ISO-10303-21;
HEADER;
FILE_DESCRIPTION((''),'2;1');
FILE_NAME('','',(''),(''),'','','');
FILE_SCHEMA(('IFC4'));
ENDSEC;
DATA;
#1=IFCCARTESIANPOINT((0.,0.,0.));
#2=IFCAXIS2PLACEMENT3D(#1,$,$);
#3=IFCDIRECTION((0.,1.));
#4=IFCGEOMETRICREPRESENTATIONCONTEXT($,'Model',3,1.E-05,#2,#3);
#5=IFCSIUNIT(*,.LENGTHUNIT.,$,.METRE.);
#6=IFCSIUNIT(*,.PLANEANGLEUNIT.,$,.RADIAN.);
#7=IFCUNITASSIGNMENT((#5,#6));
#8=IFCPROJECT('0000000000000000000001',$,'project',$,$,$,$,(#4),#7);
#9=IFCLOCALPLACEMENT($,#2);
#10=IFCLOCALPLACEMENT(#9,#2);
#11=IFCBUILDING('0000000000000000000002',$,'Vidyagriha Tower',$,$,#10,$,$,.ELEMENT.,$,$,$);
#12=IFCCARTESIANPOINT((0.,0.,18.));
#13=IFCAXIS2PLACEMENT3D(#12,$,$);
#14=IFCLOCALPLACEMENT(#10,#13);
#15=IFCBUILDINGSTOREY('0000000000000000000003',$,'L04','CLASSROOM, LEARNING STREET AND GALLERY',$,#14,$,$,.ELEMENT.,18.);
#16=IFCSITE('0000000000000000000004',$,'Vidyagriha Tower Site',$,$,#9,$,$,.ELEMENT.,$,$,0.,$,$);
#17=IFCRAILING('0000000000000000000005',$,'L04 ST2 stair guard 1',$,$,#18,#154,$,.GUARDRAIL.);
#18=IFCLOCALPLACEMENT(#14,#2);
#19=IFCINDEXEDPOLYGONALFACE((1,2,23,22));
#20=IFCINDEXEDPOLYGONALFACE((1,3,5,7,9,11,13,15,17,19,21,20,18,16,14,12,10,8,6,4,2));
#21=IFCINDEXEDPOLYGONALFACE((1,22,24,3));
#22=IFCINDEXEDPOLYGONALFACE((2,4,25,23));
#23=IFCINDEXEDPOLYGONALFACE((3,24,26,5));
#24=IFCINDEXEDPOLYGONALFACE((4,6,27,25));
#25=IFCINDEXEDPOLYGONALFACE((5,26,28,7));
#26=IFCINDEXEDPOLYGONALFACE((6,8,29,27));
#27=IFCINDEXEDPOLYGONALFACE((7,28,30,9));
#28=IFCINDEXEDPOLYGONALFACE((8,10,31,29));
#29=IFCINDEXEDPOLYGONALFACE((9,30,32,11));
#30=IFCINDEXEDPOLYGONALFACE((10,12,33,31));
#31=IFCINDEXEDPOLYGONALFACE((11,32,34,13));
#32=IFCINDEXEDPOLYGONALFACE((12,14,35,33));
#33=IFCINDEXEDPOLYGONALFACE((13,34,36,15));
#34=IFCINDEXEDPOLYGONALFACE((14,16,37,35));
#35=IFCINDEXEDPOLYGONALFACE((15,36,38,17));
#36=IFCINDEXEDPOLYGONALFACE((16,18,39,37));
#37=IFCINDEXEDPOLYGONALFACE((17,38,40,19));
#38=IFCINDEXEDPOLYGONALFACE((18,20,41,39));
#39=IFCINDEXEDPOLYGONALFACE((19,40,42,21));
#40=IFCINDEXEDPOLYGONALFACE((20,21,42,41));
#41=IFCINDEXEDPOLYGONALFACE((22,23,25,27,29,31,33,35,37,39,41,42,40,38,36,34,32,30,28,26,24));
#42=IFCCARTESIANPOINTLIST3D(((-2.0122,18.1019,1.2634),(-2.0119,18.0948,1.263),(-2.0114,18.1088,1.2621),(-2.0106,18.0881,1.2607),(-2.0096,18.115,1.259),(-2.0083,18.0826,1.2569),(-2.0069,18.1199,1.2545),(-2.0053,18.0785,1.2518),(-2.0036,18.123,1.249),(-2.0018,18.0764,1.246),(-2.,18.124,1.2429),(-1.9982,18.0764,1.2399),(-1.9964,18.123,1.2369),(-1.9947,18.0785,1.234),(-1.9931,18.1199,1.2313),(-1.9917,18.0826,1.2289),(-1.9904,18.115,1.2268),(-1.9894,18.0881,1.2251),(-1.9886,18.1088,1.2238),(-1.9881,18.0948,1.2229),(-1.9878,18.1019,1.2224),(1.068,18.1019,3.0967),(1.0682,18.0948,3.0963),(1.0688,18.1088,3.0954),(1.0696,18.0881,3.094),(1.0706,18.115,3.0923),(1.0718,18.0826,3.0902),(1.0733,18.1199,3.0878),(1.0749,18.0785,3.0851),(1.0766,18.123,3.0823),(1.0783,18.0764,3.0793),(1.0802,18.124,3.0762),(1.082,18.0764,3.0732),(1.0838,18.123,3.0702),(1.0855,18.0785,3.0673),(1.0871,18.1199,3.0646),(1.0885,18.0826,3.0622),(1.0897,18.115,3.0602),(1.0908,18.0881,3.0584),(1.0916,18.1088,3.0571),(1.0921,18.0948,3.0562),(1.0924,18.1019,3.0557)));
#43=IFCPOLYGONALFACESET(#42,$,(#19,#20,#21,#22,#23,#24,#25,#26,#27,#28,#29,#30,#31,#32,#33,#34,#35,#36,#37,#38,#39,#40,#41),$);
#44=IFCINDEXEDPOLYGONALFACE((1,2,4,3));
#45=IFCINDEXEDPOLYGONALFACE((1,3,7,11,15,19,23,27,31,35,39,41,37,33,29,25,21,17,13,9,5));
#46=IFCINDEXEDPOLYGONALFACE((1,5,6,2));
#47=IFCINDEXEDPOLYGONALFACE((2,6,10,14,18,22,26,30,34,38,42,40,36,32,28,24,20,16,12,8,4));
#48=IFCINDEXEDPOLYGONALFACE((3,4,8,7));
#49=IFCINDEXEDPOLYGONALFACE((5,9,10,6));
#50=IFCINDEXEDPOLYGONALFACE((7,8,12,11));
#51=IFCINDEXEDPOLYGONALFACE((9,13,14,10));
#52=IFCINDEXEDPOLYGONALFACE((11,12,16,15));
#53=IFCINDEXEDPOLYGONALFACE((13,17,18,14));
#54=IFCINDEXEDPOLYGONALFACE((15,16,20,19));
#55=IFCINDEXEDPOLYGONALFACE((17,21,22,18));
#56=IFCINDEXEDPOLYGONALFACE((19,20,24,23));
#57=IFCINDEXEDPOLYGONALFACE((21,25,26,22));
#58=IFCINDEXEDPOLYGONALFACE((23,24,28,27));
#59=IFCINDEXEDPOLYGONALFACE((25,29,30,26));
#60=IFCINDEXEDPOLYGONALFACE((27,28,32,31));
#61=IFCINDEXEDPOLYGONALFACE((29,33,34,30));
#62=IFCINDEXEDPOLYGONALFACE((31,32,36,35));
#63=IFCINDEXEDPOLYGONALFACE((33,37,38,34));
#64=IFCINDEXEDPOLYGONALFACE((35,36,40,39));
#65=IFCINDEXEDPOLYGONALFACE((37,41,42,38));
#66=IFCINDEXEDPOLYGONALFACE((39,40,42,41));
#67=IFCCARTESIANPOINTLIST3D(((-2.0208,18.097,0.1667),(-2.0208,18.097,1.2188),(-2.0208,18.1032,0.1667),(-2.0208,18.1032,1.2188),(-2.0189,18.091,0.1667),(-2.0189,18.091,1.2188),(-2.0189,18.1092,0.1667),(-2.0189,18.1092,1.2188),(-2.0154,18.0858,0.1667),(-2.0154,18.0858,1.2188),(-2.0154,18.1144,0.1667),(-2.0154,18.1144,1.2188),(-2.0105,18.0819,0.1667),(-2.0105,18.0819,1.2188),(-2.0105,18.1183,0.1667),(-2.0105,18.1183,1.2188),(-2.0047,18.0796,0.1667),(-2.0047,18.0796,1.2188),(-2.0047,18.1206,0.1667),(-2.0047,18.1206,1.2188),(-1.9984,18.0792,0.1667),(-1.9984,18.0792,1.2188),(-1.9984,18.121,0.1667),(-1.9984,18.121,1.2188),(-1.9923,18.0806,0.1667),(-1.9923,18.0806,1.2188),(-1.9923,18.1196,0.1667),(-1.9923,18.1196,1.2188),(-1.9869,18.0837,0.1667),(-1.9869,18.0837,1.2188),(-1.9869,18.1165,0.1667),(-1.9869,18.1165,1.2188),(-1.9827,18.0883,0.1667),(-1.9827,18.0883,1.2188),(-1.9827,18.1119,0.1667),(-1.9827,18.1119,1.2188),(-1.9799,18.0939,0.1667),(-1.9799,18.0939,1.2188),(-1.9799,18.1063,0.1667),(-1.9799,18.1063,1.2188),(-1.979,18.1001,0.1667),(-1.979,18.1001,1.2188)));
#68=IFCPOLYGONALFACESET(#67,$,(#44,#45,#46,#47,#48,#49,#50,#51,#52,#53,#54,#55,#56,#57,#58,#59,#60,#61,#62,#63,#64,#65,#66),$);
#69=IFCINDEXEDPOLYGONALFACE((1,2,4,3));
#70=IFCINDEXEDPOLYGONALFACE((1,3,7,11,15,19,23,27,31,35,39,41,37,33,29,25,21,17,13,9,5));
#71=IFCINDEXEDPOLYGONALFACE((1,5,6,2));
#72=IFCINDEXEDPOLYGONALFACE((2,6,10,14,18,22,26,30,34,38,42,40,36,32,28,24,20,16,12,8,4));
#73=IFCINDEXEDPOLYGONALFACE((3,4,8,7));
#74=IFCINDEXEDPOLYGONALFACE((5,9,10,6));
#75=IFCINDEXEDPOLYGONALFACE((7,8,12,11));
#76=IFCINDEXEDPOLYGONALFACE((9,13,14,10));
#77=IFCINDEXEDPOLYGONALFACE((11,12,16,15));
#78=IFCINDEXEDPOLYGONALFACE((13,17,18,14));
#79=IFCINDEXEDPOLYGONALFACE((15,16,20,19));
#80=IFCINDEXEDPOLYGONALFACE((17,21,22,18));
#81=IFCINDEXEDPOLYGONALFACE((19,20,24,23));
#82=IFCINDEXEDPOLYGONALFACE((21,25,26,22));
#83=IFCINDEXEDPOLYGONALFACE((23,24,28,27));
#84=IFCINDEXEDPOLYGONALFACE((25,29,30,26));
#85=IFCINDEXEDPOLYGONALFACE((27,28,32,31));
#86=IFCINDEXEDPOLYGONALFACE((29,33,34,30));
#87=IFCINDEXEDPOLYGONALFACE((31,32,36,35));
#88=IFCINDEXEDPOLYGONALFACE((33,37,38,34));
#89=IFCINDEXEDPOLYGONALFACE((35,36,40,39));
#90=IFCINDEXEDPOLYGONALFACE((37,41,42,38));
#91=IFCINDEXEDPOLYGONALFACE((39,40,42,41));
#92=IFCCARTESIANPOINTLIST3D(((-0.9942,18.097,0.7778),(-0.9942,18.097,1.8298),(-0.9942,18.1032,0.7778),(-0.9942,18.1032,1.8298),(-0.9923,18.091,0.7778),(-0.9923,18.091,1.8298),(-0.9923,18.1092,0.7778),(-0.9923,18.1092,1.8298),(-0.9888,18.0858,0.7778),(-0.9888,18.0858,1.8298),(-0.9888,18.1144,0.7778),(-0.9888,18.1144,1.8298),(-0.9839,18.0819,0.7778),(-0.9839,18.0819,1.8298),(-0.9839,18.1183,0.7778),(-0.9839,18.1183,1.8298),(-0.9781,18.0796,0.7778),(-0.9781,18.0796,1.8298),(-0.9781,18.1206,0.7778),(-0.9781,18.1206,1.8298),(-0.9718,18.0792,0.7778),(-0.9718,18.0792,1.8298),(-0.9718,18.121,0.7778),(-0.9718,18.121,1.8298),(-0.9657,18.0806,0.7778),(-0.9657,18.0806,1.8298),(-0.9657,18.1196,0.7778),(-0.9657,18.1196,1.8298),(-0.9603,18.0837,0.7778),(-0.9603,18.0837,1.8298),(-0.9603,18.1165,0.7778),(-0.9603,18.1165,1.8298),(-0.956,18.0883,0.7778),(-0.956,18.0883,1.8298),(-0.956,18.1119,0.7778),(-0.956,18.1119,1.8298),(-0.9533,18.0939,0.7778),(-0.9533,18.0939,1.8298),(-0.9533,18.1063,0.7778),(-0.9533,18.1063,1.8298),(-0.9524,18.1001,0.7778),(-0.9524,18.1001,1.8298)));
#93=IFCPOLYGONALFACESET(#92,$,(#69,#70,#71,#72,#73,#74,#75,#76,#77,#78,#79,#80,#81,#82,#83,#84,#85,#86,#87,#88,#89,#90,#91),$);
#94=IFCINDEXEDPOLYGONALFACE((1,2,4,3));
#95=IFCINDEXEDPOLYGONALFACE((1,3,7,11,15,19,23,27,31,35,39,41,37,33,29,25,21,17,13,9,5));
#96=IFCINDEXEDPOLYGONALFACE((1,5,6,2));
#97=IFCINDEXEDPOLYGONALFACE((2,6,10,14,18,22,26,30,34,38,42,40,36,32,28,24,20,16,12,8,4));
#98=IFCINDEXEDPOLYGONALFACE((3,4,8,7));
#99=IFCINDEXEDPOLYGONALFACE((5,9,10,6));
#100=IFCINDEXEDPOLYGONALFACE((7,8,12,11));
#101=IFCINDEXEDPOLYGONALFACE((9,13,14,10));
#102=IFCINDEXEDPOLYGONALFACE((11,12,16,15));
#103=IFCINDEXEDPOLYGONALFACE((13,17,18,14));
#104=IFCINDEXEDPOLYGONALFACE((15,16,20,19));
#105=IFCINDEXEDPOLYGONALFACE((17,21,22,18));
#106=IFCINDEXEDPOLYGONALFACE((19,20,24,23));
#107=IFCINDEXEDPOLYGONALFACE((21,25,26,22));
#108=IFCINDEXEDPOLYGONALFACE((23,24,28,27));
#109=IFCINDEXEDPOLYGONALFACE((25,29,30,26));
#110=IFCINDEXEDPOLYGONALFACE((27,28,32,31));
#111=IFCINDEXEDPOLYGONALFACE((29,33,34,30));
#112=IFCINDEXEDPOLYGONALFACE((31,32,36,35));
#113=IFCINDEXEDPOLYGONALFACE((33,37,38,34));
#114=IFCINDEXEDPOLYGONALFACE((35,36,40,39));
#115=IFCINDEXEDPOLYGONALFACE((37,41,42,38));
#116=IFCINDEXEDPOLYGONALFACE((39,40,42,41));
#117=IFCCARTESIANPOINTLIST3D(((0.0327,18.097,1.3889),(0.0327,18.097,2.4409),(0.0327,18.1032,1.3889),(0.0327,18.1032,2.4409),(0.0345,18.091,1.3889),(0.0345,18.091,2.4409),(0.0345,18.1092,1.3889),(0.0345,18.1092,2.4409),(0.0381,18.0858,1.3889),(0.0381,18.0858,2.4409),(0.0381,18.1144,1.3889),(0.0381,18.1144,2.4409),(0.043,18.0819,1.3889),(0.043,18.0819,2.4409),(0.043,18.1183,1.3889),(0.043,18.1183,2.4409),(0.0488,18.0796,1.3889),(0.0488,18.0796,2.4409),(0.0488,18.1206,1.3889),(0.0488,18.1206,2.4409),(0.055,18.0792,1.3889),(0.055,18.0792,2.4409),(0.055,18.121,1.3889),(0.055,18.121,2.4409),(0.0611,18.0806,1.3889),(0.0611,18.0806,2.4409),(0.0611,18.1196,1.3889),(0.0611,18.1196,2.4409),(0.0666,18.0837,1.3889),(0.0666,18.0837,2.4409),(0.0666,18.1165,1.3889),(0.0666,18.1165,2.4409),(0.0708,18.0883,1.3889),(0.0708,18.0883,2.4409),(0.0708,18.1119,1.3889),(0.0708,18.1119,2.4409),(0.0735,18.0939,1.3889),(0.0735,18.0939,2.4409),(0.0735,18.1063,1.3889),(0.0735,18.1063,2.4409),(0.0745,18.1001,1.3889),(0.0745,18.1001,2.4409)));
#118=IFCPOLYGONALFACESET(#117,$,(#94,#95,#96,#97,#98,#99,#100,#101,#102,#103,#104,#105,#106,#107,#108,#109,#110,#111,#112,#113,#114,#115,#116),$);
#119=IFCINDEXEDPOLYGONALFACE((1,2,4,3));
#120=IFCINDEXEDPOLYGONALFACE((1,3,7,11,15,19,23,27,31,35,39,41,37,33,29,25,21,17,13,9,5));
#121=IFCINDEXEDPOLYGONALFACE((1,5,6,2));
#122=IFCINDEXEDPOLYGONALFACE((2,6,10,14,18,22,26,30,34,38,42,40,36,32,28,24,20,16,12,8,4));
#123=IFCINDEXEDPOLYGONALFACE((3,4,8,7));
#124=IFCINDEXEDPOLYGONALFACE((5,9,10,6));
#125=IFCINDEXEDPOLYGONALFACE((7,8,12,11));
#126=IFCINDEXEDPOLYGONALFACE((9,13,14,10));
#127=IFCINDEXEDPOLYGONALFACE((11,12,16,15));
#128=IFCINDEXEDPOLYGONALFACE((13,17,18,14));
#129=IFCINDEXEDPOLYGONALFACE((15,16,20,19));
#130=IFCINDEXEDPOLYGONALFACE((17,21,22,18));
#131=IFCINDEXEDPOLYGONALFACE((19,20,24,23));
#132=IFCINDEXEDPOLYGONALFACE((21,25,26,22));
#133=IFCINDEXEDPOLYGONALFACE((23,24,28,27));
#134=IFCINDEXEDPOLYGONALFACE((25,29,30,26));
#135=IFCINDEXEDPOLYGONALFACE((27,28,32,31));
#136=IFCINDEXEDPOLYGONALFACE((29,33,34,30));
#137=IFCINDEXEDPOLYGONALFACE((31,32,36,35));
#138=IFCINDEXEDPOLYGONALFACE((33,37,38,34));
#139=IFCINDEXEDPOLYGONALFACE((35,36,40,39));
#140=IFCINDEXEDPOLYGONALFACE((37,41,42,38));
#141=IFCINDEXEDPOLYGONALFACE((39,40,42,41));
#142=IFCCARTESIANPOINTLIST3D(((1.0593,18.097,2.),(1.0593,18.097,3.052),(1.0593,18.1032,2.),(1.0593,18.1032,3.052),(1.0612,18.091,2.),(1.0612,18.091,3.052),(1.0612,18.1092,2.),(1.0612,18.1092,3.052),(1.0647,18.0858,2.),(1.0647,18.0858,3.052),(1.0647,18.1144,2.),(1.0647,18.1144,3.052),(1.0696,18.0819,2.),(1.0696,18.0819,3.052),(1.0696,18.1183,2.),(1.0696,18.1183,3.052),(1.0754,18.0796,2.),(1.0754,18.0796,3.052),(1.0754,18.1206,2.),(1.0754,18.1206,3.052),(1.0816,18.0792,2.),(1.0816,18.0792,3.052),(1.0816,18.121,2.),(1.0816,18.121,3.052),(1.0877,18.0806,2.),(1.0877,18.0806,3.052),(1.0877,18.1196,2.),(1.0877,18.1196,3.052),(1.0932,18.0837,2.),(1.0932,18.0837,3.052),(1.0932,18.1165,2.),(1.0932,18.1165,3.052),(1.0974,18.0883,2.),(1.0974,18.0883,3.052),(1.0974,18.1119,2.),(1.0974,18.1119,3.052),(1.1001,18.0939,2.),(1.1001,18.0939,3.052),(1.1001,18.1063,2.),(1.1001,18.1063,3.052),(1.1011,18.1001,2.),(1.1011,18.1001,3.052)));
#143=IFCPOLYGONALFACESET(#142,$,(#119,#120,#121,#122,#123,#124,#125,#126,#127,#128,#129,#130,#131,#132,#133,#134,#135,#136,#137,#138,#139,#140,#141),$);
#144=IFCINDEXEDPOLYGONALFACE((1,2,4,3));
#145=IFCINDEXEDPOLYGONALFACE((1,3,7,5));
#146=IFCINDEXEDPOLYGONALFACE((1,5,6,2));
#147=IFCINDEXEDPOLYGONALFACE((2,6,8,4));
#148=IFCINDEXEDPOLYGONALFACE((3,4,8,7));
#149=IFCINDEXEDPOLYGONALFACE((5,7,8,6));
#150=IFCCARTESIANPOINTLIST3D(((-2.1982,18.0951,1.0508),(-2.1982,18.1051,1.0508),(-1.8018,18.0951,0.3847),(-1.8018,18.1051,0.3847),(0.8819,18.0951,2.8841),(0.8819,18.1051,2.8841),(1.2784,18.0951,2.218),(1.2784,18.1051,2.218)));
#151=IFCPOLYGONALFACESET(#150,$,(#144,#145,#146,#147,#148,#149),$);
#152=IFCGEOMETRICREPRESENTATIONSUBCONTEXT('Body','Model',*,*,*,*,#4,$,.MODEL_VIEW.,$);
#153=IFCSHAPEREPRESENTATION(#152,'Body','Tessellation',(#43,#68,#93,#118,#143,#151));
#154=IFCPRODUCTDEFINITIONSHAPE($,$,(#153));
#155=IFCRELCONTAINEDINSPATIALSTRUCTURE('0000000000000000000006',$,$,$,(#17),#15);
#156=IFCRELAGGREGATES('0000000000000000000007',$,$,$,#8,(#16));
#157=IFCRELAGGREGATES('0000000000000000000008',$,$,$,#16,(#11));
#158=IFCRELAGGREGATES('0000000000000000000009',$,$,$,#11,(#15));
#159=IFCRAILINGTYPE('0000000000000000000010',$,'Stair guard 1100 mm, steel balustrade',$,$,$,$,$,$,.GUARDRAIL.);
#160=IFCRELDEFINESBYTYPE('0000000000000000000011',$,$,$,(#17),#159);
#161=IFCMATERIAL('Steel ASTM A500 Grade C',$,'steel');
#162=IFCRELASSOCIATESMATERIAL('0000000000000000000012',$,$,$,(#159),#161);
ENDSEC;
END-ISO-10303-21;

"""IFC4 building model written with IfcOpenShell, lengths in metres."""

from ifc_helpers import new_model, si_unit, direction, frame, origin, origin_2d, place, context, subcontext, project, spatial, rectangle, circle, extrude, material, type_object, element, save


model = new_model("IFC4")

# Units and contexts
model_context = context("Model", 3, precision=1e-05, world=origin(), true_north=direction((0.0, 1.0)))
body_context = subcontext(model_context, "Body", "Model", "MODEL_VIEW")
ifc_project = project(units=[si_unit("LENGTHUNIT", "METRE"), si_unit("PLANEANGLEUNIT", "RADIAN")], contexts=[model_context])

# Site, building, storey
site_placement = place(None, origin())
site = spatial("IfcSite", under=ifc_project, at=site_placement, Name="Vidyagriha Tower Site", CompositionType="ELEMENT", RefElevation=0.0)
building_placement = place(site_placement, origin())
building = spatial("IfcBuilding", under=site, at=building_placement, Name="Vidyagriha Tower", CompositionType="ELEMENT")
storey_placement = place(building_placement, frame((0.0, 0.0, 18.0)))
storey = spatial("IfcBuildingStorey", under=building, at=storey_placement, Name="L04", Description="CLASSROOM, LEARNING STREET AND GALLERY", CompositionType="ELEMENT", Elevation=18.0)

# Railing
ifc_material_1 = material(Name="Steel ASTM A500 Grade C", Category="steel")
railing_type_1 = type_object("IfcRailingType", Name="Stair guard 1100 mm, steel balustrade", PredefinedType="GUARDRAIL", material=ifc_material_1)
railing_1_placement = place(storey_placement, frame((-2.0, 18.1001, 0.1667)))
element("IfcRailing", 1, at=railing_1_placement, inside=storey, type_object=railing_type_1, Name="L04 ST2 stair guard 1", PredefinedType="GUARDRAIL", context=body_context, shape_type="SweptSolid", body=[
    extrude(circle(Radius=0.0239, at=origin_2d()), frame((0.0, 0.0, 1.0762), z_axis=(0.859309, 0.0, 0.511458), x_axis=(0.0, 1.0, 0.0)), (0.0, 0.0, 1.0), 3.5845),
    extrude(circle(Radius=0.021, at=origin_2d()), origin(), (0.0, 0.0, 1.0), 1.052),
    extrude(circle(Radius=0.021, at=origin_2d()), frame((1.0266, 0.0, 0.6111)), (0.0, 0.0, 1.0), 1.052),
    extrude(circle(Radius=0.021, at=origin_2d()), frame((2.0535, 0.0, 1.2222)), (0.0, 0.0, 1.0), 1.052),
    extrude(circle(Radius=0.021, at=origin_2d()), frame((3.0801, 0.0, 1.8333)), (0.0, 0.0, 1.0), 1.052),
    extrude(rectangle(XDim=0.01, YDim=0.7751, at=origin_2d()), frame((0.0, 0.0, 0.551), z_axis=(0.859309, 0.0, 0.511458), x_axis=(0.0, 1.0, 0.0)), (0.0, 0.0, 1.0), 3.5845),
])

save(model, "model.ifc")
